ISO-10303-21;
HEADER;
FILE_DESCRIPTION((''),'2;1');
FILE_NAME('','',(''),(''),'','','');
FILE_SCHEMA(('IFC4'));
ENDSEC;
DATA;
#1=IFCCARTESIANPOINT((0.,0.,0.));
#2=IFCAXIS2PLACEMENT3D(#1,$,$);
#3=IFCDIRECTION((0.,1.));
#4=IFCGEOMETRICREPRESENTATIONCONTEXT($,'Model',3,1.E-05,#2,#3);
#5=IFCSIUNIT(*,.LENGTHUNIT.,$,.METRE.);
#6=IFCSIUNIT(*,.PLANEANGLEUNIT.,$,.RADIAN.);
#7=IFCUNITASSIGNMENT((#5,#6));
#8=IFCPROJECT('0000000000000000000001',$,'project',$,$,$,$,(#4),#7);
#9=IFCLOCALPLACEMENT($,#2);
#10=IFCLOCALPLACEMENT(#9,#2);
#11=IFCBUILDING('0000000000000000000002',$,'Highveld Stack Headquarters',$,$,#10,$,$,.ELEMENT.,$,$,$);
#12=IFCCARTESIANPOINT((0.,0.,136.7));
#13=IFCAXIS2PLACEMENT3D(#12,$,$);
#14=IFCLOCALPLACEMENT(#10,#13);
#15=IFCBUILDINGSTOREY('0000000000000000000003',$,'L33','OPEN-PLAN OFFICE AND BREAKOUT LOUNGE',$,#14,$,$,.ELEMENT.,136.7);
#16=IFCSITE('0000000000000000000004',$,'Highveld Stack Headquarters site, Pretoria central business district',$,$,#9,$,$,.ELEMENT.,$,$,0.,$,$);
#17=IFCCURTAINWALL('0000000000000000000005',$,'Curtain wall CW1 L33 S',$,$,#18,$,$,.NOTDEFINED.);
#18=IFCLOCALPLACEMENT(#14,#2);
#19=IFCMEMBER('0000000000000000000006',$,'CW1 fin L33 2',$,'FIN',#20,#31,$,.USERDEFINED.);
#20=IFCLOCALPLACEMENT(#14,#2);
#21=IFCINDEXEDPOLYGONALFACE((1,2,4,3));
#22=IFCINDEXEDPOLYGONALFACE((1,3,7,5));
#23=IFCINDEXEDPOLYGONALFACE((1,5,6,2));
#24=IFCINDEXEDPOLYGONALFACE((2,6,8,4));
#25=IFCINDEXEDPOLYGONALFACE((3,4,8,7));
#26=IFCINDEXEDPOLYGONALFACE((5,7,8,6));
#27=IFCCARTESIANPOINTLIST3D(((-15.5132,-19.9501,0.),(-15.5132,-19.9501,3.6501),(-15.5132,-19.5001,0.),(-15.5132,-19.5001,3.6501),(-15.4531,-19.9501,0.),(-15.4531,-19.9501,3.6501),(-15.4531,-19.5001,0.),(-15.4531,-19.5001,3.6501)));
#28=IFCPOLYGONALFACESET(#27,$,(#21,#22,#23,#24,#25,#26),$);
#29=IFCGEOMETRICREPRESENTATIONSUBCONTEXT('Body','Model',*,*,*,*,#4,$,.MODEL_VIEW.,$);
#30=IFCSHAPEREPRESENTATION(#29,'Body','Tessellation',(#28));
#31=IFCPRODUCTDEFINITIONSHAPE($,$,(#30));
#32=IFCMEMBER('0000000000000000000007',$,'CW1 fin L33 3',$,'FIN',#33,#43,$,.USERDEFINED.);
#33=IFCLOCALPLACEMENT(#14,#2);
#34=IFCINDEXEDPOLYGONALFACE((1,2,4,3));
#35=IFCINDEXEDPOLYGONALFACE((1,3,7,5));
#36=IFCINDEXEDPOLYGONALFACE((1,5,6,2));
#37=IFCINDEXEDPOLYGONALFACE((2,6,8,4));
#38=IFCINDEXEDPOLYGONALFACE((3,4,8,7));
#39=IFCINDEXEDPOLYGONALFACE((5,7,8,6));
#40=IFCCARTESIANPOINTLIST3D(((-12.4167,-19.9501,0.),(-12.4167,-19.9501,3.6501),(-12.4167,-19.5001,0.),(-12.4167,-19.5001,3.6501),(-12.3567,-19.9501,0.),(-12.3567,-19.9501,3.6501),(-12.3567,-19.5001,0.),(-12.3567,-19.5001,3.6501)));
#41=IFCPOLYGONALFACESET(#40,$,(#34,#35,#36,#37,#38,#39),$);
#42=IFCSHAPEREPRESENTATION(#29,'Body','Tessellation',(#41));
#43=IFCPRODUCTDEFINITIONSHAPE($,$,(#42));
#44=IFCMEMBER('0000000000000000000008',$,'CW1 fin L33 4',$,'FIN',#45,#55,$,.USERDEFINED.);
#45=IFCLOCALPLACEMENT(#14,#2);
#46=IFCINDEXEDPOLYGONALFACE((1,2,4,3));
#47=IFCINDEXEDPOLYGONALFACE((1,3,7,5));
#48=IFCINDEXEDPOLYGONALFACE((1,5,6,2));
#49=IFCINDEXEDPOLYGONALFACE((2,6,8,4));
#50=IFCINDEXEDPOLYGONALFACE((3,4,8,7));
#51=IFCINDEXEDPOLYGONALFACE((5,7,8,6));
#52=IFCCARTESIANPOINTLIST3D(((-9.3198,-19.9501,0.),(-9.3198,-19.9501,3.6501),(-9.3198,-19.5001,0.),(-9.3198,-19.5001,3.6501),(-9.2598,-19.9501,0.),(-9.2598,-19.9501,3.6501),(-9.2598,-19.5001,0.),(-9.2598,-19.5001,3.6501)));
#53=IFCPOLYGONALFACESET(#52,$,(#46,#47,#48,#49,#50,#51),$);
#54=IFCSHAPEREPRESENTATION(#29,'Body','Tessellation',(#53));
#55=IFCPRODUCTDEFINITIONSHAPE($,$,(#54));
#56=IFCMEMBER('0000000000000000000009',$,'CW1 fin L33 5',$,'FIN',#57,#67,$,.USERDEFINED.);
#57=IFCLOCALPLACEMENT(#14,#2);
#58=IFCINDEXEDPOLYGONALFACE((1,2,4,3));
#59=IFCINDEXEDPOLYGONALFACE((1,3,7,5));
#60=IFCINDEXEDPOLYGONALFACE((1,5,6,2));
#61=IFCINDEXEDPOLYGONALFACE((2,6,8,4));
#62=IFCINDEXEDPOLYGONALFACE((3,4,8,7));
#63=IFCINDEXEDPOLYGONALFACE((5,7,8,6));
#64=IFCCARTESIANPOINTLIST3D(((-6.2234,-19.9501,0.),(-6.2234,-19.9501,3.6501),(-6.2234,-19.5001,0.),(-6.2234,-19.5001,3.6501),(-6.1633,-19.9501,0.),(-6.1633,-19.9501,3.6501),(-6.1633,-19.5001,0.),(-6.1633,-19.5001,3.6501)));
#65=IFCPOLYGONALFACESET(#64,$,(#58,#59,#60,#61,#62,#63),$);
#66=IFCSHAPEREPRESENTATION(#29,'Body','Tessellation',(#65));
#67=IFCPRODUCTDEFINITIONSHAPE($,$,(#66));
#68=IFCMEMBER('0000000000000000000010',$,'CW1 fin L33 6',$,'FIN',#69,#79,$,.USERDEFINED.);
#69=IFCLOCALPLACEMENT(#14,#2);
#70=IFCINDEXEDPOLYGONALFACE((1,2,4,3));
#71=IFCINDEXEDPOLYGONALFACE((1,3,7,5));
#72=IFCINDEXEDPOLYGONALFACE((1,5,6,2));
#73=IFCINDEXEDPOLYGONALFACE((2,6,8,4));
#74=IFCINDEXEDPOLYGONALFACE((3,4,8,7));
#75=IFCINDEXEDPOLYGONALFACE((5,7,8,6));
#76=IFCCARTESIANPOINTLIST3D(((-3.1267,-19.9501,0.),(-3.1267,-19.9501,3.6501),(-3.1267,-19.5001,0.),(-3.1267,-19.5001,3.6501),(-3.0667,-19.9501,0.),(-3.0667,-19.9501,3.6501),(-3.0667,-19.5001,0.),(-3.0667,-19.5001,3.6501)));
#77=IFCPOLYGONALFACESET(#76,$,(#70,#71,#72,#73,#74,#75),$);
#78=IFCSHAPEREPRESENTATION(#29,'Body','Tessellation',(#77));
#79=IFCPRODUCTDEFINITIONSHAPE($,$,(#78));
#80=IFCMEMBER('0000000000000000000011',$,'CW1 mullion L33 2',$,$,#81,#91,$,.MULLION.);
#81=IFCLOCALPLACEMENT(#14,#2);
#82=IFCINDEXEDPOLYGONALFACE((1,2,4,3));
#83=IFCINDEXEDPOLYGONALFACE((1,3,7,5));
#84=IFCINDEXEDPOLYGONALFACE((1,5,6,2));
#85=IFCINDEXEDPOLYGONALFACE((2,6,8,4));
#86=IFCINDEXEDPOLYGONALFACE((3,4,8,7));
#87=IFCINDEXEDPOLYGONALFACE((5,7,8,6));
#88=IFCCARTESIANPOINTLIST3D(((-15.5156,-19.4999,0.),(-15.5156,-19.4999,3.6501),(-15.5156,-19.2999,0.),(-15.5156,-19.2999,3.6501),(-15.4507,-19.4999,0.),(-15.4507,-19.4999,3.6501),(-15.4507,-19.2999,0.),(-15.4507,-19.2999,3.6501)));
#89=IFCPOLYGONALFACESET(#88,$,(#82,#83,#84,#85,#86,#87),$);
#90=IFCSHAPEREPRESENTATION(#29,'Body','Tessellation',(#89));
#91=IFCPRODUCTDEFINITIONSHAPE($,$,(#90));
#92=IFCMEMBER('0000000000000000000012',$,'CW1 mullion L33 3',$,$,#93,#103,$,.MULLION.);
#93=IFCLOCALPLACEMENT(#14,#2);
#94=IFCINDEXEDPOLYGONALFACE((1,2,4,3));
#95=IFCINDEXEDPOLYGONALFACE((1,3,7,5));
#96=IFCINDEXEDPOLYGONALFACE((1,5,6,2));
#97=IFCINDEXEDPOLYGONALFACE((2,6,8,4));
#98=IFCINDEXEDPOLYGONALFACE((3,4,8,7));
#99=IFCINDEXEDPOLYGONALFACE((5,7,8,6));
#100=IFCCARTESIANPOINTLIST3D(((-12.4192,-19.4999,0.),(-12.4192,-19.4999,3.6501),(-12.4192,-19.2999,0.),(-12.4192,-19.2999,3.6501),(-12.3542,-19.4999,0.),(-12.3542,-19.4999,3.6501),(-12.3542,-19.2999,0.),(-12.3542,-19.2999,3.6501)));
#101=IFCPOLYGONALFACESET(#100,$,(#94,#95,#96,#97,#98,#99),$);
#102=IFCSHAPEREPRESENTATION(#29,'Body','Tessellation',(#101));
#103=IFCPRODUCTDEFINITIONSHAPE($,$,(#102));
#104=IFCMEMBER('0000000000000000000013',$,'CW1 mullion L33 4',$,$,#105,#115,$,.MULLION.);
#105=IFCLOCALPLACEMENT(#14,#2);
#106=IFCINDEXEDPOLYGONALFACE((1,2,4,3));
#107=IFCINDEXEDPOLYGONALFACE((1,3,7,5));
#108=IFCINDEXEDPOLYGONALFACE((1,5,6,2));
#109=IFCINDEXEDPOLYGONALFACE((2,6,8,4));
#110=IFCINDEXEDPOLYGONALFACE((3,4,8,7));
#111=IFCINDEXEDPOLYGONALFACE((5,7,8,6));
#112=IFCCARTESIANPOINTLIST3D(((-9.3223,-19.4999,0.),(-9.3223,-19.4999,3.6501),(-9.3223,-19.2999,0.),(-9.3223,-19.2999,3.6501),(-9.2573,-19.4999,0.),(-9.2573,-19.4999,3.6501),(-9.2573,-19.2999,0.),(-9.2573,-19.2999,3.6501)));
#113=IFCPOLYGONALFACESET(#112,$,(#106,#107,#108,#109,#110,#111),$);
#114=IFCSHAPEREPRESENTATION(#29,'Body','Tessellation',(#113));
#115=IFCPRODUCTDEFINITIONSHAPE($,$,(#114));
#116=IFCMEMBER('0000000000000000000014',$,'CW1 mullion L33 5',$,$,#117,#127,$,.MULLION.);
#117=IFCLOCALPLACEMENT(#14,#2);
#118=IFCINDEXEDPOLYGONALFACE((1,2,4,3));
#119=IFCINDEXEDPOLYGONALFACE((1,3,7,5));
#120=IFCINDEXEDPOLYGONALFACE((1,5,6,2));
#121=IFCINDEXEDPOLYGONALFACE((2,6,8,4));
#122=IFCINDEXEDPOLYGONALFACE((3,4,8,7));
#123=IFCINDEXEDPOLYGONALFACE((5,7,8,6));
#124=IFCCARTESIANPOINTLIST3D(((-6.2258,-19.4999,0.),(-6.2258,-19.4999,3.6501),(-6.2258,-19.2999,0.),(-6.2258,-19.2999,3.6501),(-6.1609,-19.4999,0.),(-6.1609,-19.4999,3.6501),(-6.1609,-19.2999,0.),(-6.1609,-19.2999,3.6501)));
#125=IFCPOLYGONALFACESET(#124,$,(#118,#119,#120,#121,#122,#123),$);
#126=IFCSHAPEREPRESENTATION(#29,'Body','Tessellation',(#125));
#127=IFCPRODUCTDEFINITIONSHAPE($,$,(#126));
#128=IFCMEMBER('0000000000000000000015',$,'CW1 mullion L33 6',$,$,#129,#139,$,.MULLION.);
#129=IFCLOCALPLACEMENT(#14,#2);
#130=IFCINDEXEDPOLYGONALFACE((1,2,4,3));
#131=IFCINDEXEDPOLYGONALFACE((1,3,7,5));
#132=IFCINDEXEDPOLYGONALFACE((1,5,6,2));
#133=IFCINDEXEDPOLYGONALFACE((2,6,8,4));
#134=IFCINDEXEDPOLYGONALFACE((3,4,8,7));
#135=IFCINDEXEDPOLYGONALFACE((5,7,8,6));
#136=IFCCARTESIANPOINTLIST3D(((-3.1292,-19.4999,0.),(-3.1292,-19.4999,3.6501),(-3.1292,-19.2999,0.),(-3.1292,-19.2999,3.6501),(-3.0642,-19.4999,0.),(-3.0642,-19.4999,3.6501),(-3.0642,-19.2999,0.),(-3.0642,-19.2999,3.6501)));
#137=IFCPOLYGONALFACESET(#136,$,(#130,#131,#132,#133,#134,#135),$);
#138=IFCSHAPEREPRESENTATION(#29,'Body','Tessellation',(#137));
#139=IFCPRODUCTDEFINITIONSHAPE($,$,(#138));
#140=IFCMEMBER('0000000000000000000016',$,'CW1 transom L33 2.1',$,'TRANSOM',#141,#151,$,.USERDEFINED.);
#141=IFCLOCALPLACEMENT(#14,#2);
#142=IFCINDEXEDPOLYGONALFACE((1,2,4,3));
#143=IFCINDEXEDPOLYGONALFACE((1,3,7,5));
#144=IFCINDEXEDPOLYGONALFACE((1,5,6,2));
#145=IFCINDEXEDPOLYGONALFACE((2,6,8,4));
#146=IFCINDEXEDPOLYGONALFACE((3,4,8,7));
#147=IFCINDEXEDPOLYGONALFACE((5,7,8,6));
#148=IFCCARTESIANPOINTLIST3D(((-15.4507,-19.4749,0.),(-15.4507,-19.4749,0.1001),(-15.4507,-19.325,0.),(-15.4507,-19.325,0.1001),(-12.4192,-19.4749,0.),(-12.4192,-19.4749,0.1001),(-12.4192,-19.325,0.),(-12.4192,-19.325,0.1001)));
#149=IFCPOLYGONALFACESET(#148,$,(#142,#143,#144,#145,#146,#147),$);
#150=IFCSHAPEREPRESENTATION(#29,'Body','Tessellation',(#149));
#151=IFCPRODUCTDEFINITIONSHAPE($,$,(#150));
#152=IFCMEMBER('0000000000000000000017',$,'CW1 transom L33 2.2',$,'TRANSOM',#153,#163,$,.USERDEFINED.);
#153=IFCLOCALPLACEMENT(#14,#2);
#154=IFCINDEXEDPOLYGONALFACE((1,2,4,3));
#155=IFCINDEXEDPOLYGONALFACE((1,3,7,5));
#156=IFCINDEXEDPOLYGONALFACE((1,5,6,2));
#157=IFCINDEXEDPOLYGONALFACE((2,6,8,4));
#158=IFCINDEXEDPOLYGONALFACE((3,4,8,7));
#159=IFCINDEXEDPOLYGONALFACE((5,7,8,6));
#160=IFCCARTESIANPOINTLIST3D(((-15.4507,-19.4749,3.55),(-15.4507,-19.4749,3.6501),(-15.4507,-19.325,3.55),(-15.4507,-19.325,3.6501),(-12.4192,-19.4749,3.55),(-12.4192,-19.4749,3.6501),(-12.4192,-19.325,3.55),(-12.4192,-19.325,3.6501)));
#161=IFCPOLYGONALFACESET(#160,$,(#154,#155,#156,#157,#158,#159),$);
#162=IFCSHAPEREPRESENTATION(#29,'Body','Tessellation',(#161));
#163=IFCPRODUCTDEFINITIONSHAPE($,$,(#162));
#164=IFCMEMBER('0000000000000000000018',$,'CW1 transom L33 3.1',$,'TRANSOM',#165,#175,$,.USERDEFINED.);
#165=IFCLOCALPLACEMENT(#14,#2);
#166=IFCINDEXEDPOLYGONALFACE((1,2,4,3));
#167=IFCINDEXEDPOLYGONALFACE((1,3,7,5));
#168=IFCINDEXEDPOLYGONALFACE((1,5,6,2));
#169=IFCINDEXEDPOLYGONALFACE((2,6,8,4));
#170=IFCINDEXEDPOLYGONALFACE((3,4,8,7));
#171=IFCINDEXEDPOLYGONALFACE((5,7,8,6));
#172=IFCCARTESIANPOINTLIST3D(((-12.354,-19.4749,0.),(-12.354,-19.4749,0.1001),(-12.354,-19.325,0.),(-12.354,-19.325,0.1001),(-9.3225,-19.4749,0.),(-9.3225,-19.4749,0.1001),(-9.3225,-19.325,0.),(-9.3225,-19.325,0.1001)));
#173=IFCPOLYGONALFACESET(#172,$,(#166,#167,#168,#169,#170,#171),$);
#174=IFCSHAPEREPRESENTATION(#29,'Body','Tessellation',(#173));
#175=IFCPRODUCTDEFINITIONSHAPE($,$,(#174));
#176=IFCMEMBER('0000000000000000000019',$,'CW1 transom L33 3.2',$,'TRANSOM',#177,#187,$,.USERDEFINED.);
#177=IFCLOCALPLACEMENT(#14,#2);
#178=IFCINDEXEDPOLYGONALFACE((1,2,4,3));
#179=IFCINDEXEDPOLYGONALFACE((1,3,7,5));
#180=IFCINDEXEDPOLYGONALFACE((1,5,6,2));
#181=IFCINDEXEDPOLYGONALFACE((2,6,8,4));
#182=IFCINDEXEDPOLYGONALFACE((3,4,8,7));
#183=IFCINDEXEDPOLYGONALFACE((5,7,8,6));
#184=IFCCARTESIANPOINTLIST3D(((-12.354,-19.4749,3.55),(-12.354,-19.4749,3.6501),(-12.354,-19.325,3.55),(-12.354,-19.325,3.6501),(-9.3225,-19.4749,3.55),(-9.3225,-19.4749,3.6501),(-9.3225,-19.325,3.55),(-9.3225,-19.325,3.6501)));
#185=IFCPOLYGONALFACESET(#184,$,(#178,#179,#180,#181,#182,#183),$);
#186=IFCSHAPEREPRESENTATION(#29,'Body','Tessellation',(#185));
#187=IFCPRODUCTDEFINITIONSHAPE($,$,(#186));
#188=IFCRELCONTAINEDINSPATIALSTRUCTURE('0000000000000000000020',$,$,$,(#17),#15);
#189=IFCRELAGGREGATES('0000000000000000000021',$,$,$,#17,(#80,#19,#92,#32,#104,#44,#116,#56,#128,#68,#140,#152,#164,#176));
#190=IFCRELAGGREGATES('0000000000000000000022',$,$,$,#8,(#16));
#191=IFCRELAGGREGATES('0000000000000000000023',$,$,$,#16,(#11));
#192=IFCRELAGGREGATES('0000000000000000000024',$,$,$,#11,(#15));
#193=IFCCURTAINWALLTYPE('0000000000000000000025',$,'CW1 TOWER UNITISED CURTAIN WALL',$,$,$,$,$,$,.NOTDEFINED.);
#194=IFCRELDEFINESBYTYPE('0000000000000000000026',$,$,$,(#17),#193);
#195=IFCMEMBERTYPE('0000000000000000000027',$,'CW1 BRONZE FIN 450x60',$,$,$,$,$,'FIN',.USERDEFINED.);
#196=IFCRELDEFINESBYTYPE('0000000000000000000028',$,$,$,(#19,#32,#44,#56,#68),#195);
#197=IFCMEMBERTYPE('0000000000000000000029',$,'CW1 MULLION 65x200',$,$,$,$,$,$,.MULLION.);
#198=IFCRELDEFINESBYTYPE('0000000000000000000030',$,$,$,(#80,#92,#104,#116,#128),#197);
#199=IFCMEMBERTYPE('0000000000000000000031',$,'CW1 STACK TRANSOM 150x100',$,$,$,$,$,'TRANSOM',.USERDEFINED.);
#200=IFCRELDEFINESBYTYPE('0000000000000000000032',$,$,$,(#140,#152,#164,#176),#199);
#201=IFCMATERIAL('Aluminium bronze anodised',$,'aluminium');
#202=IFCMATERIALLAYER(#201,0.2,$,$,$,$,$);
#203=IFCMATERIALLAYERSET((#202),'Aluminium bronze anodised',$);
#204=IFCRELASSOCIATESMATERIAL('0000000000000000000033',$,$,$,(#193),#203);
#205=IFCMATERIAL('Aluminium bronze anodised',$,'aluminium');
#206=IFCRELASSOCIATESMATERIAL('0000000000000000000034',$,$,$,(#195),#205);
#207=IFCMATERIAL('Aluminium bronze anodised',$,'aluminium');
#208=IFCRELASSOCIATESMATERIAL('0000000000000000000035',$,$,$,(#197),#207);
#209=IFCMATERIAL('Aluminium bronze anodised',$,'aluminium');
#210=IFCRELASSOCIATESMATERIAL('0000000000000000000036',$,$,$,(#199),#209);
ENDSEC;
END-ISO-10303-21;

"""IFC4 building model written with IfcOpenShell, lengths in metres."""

from ifc_helpers import new_model, si_unit, direction, frame, origin, origin_2d, place, context, subcontext, project, spatial, rectangle, extrude, material, layer, layer_set, material_profile, profile_set, type_object, element, aggregate, save


model = new_model("IFC4")

# Units and contexts
model_context = context("Model", 3, precision=1e-05, world=origin(), true_north=direction((0.0, 1.0)))
body_context = subcontext(model_context, "Body", "Model", "MODEL_VIEW")
ifc_project = project(units=[si_unit("LENGTHUNIT", "METRE"), si_unit("PLANEANGLEUNIT", "RADIAN")], contexts=[model_context])

# Site, building, storey
site_placement = place(None, origin())
site = spatial("IfcSite", under=ifc_project, at=site_placement, Name="Highveld Stack Headquarters site, Pretoria central business district", CompositionType="ELEMENT", RefElevation=0.0)
building_placement = place(site_placement, origin())
building = spatial("IfcBuilding", under=site, at=building_placement, Name="Highveld Stack Headquarters", CompositionType="ELEMENT")
storey_placement = place(building_placement, frame((0.0, 0.0, 136.7)))
storey = spatial("IfcBuildingStorey", under=building, at=storey_placement, Name="L33", Description="OPEN-PLAN OFFICE AND BREAKOUT LOUNGE", CompositionType="ELEMENT", Elevation=136.7)

# Curtain wall, members
ifc_material_1 = material(Name="Aluminium bronze anodised", Category="aluminium")
ifc_layer_1 = layer(ifc_material_1, 0.2)
ifc_layer_set_1 = layer_set([ifc_layer_1], Name="Aluminium bronze anodised")
curtain_wall_type = type_object("IfcCurtainWallType", Name="CW1 TOWER UNITISED CURTAIN WALL", PredefinedType="NOTDEFINED", material=ifc_layer_set_1)
curtain_wall_placement = place(storey_placement, origin())
curtain_wall = element("IfcCurtainWall", 1, at=curtain_wall_placement, inside=storey, type_object=curtain_wall_type, Name="Curtain wall CW1 L33 S", PredefinedType="NOTDEFINED")
ifc_material_2 = material(Name="Aluminium bronze anodised", Category="aluminium")
ifc_material_profile_1 = material_profile(ifc_material_2, rectangle(XDim=0.45, YDim=0.0601, at=origin_2d()), Name="FIN 450x60")
ifc_profile_set_1 = profile_set([ifc_material_profile_1], Name="Aluminium bronze anodised")
member_type_1 = type_object("IfcMemberType", Name="CW1 BRONZE FIN 450x60", ElementType="FIN", PredefinedType="USERDEFINED", material=ifc_profile_set_1)
member_1_placement = place(storey_placement, frame((-15.4832, -19.7251, 0.0), z_axis=(0.0, 0.0, 1.0), x_axis=(0.0, 1.0, 0.0)))
member_1 = element("IfcMember", 2, at=member_1_placement, type_object=member_type_1, Name="CW1 fin L33 2", ObjectType="FIN", PredefinedType="USERDEFINED", context=body_context, shape_type="SweptSolid", body=[
    extrude(rectangle(XDim=0.45, YDim=0.0601, at=origin_2d()), origin(), (0.0, 0.0, 1.0), 3.6501),
])
member_2_placement = place(storey_placement, frame((-12.3867, -19.7251, 0.0), z_axis=(0.0, 0.0, 1.0), x_axis=(0.0, 1.0, 0.0)))
member_2 = element("IfcMember", 3, at=member_2_placement, type_object=member_type_1, Name="CW1 fin L33 3", ObjectType="FIN", PredefinedType="USERDEFINED", context=body_context, shape_type="SweptSolid", body=[
    extrude(rectangle(XDim=0.45, YDim=0.0601, at=origin_2d()), origin(), (0.0, 0.0, 1.0), 3.6501),
])
member_3_placement = place(storey_placement, frame((-9.2898, -19.7251, 0.0), z_axis=(0.0, 0.0, 1.0), x_axis=(0.0, 1.0, 0.0)))
member_3 = element("IfcMember", 4, at=member_3_placement, type_object=member_type_1, Name="CW1 fin L33 4", ObjectType="FIN", PredefinedType="USERDEFINED", context=body_context, shape_type="SweptSolid", body=[
    extrude(rectangle(XDim=0.45, YDim=0.0601, at=origin_2d()), origin(), (0.0, 0.0, 1.0), 3.6501),
])
member_4_placement = place(storey_placement, frame((-6.1934, -19.7251, 0.0), z_axis=(0.0, 0.0, 1.0), x_axis=(0.0, 1.0, 0.0)))
member_4 = element("IfcMember", 5, at=member_4_placement, type_object=member_type_1, Name="CW1 fin L33 5", ObjectType="FIN", PredefinedType="USERDEFINED", context=body_context, shape_type="SweptSolid", body=[
    extrude(rectangle(XDim=0.45, YDim=0.0601, at=origin_2d()), origin(), (0.0, 0.0, 1.0), 3.6501),
])
member_5_placement = place(storey_placement, frame((-3.0967, -19.7251, 0.0), z_axis=(0.0, 0.0, 1.0), x_axis=(0.0, 1.0, 0.0)))
member_5 = element("IfcMember", 6, at=member_5_placement, type_object=member_type_1, Name="CW1 fin L33 6", ObjectType="FIN", PredefinedType="USERDEFINED", context=body_context, shape_type="SweptSolid", body=[
    extrude(rectangle(XDim=0.45, YDim=0.0601, at=origin_2d()), origin(), (0.0, 0.0, 1.0), 3.6501),
])
ifc_material_3 = material(Name="Aluminium bronze anodised", Category="aluminium")
ifc_material_profile_2 = material_profile(ifc_material_3, rectangle(XDim=0.2, YDim=0.0649, at=origin_2d()), Name="CW1 MULLION 65x200")
ifc_profile_set_2 = profile_set([ifc_material_profile_2], Name="Aluminium bronze anodised")
member_type_2 = type_object("IfcMemberType", Name="CW1 MULLION 65x200", PredefinedType="MULLION", material=ifc_profile_set_2)
member_6_placement = place(storey_placement, frame((-15.4832, -19.3999, 0.0), z_axis=(0.0, 0.0, 1.0), x_axis=(0.0, 1.0, 0.0)))
member_6 = element("IfcMember", 7, at=member_6_placement, type_object=member_type_2, Name="CW1 mullion L33 2", PredefinedType="MULLION", context=body_context, shape_type="SweptSolid", body=[
    extrude(rectangle(XDim=0.2, YDim=0.0649, at=origin_2d()), origin(), (0.0, 0.0, 1.0), 3.6501),
])
member_7_placement = place(storey_placement, frame((-12.3867, -19.3999, 0.0), z_axis=(0.0, 0.0, 1.0), x_axis=(0.0, 1.0, 0.0)))
member_7 = element("IfcMember", 8, at=member_7_placement, type_object=member_type_2, Name="CW1 mullion L33 3", PredefinedType="MULLION", context=body_context, shape_type="SweptSolid", body=[
    extrude(rectangle(XDim=0.2, YDim=0.0649, at=origin_2d()), origin(), (0.0, 0.0, 1.0), 3.6501),
])
member_8_placement = place(storey_placement, frame((-9.2898, -19.3999, 0.0), z_axis=(0.0, 0.0, 1.0), x_axis=(0.0, 1.0, 0.0)))
member_8 = element("IfcMember", 9, at=member_8_placement, type_object=member_type_2, Name="CW1 mullion L33 4", PredefinedType="MULLION", context=body_context, shape_type="SweptSolid", body=[
    extrude(rectangle(XDim=0.2, YDim=0.0649, at=origin_2d()), origin(), (0.0, 0.0, 1.0), 3.6501),
])
member_9_placement = place(storey_placement, frame((-6.1934, -19.3999, 0.0), z_axis=(0.0, 0.0, 1.0), x_axis=(0.0, 1.0, 0.0)))
member_9 = element("IfcMember", 10, at=member_9_placement, type_object=member_type_2, Name="CW1 mullion L33 5", PredefinedType="MULLION", context=body_context, shape_type="SweptSolid", body=[
    extrude(rectangle(XDim=0.2, YDim=0.0649, at=origin_2d()), origin(), (0.0, 0.0, 1.0), 3.6501),
])
member_10_placement = place(storey_placement, frame((-3.0967, -19.3999, 0.0), z_axis=(0.0, 0.0, 1.0), x_axis=(0.0, 1.0, 0.0)))
member_10 = element("IfcMember", 11, at=member_10_placement, type_object=member_type_2, Name="CW1 mullion L33 6", PredefinedType="MULLION", context=body_context, shape_type="SweptSolid", body=[
    extrude(rectangle(XDim=0.2, YDim=0.0649, at=origin_2d()), origin(), (0.0, 0.0, 1.0), 3.6501),
])
ifc_material_4 = material(Name="Aluminium bronze anodised", Category="aluminium")
ifc_material_profile_3 = material_profile(ifc_material_4, rectangle(XDim=0.1499, YDim=0.1001, at=origin_2d()), Name="CW1 TRANSOM 150x100")
ifc_profile_set_3 = profile_set([ifc_material_profile_3], Name="Aluminium bronze anodised")
member_type_3 = type_object("IfcMemberType", Name="CW1 STACK TRANSOM 150x100", ElementType="TRANSOM", PredefinedType="USERDEFINED", material=ifc_profile_set_3)
member_11_placement = place(storey_placement, frame((-15.4507, -19.3999, 0.05), z_axis=(1.0, 0.0, 0.0), x_axis=(0.0, 1.0, 0.0)))
member_11 = element("IfcMember", 12, at=member_11_placement, type_object=member_type_3, Name="CW1 transom L33 2.1", ObjectType="TRANSOM", PredefinedType="USERDEFINED", context=body_context, shape_type="SweptSolid", body=[
    extrude(rectangle(XDim=0.1499, YDim=0.1001, at=origin_2d()), origin(), (0.0, 0.0, 1.0), 3.0315),
])
member_12_placement = place(storey_placement, frame((-15.4507, -19.3999, 3.6001), z_axis=(1.0, 0.0, 0.0), x_axis=(0.0, 1.0, 0.0)))
member_12 = element("IfcMember", 13, at=member_12_placement, type_object=member_type_3, Name="CW1 transom L33 2.2", ObjectType="TRANSOM", PredefinedType="USERDEFINED", context=body_context, shape_type="SweptSolid", body=[
    extrude(rectangle(XDim=0.1499, YDim=0.1001, at=origin_2d()), origin(), (0.0, 0.0, 1.0), 3.0315),
])
member_13_placement = place(storey_placement, frame((-12.354, -19.3999, 0.05), z_axis=(1.0, 0.0, 0.0), x_axis=(0.0, 1.0, 0.0)))
member_13 = element("IfcMember", 14, at=member_13_placement, type_object=member_type_3, Name="CW1 transom L33 3.1", ObjectType="TRANSOM", PredefinedType="USERDEFINED", context=body_context, shape_type="SweptSolid", body=[
    extrude(rectangle(XDim=0.1499, YDim=0.1001, at=origin_2d()), origin(), (0.0, 0.0, 1.0), 3.0315),
])
member_14_placement = place(storey_placement, frame((-12.354, -19.3999, 3.6001), z_axis=(1.0, 0.0, 0.0), x_axis=(0.0, 1.0, 0.0)))
member_14 = element("IfcMember", 15, at=member_14_placement, type_object=member_type_3, Name="CW1 transom L33 3.2", ObjectType="TRANSOM", PredefinedType="USERDEFINED", context=body_context, shape_type="SweptSolid", body=[
    extrude(rectangle(XDim=0.1499, YDim=0.1001, at=origin_2d()), origin(), (0.0, 0.0, 1.0), 3.0315),
])
aggregate(curtain_wall, [member_6, member_1, member_7, member_2, member_8, member_3, member_9, member_4, member_10, member_5, member_11, member_12, member_13, member_14])

save(model, "model.ifc")
